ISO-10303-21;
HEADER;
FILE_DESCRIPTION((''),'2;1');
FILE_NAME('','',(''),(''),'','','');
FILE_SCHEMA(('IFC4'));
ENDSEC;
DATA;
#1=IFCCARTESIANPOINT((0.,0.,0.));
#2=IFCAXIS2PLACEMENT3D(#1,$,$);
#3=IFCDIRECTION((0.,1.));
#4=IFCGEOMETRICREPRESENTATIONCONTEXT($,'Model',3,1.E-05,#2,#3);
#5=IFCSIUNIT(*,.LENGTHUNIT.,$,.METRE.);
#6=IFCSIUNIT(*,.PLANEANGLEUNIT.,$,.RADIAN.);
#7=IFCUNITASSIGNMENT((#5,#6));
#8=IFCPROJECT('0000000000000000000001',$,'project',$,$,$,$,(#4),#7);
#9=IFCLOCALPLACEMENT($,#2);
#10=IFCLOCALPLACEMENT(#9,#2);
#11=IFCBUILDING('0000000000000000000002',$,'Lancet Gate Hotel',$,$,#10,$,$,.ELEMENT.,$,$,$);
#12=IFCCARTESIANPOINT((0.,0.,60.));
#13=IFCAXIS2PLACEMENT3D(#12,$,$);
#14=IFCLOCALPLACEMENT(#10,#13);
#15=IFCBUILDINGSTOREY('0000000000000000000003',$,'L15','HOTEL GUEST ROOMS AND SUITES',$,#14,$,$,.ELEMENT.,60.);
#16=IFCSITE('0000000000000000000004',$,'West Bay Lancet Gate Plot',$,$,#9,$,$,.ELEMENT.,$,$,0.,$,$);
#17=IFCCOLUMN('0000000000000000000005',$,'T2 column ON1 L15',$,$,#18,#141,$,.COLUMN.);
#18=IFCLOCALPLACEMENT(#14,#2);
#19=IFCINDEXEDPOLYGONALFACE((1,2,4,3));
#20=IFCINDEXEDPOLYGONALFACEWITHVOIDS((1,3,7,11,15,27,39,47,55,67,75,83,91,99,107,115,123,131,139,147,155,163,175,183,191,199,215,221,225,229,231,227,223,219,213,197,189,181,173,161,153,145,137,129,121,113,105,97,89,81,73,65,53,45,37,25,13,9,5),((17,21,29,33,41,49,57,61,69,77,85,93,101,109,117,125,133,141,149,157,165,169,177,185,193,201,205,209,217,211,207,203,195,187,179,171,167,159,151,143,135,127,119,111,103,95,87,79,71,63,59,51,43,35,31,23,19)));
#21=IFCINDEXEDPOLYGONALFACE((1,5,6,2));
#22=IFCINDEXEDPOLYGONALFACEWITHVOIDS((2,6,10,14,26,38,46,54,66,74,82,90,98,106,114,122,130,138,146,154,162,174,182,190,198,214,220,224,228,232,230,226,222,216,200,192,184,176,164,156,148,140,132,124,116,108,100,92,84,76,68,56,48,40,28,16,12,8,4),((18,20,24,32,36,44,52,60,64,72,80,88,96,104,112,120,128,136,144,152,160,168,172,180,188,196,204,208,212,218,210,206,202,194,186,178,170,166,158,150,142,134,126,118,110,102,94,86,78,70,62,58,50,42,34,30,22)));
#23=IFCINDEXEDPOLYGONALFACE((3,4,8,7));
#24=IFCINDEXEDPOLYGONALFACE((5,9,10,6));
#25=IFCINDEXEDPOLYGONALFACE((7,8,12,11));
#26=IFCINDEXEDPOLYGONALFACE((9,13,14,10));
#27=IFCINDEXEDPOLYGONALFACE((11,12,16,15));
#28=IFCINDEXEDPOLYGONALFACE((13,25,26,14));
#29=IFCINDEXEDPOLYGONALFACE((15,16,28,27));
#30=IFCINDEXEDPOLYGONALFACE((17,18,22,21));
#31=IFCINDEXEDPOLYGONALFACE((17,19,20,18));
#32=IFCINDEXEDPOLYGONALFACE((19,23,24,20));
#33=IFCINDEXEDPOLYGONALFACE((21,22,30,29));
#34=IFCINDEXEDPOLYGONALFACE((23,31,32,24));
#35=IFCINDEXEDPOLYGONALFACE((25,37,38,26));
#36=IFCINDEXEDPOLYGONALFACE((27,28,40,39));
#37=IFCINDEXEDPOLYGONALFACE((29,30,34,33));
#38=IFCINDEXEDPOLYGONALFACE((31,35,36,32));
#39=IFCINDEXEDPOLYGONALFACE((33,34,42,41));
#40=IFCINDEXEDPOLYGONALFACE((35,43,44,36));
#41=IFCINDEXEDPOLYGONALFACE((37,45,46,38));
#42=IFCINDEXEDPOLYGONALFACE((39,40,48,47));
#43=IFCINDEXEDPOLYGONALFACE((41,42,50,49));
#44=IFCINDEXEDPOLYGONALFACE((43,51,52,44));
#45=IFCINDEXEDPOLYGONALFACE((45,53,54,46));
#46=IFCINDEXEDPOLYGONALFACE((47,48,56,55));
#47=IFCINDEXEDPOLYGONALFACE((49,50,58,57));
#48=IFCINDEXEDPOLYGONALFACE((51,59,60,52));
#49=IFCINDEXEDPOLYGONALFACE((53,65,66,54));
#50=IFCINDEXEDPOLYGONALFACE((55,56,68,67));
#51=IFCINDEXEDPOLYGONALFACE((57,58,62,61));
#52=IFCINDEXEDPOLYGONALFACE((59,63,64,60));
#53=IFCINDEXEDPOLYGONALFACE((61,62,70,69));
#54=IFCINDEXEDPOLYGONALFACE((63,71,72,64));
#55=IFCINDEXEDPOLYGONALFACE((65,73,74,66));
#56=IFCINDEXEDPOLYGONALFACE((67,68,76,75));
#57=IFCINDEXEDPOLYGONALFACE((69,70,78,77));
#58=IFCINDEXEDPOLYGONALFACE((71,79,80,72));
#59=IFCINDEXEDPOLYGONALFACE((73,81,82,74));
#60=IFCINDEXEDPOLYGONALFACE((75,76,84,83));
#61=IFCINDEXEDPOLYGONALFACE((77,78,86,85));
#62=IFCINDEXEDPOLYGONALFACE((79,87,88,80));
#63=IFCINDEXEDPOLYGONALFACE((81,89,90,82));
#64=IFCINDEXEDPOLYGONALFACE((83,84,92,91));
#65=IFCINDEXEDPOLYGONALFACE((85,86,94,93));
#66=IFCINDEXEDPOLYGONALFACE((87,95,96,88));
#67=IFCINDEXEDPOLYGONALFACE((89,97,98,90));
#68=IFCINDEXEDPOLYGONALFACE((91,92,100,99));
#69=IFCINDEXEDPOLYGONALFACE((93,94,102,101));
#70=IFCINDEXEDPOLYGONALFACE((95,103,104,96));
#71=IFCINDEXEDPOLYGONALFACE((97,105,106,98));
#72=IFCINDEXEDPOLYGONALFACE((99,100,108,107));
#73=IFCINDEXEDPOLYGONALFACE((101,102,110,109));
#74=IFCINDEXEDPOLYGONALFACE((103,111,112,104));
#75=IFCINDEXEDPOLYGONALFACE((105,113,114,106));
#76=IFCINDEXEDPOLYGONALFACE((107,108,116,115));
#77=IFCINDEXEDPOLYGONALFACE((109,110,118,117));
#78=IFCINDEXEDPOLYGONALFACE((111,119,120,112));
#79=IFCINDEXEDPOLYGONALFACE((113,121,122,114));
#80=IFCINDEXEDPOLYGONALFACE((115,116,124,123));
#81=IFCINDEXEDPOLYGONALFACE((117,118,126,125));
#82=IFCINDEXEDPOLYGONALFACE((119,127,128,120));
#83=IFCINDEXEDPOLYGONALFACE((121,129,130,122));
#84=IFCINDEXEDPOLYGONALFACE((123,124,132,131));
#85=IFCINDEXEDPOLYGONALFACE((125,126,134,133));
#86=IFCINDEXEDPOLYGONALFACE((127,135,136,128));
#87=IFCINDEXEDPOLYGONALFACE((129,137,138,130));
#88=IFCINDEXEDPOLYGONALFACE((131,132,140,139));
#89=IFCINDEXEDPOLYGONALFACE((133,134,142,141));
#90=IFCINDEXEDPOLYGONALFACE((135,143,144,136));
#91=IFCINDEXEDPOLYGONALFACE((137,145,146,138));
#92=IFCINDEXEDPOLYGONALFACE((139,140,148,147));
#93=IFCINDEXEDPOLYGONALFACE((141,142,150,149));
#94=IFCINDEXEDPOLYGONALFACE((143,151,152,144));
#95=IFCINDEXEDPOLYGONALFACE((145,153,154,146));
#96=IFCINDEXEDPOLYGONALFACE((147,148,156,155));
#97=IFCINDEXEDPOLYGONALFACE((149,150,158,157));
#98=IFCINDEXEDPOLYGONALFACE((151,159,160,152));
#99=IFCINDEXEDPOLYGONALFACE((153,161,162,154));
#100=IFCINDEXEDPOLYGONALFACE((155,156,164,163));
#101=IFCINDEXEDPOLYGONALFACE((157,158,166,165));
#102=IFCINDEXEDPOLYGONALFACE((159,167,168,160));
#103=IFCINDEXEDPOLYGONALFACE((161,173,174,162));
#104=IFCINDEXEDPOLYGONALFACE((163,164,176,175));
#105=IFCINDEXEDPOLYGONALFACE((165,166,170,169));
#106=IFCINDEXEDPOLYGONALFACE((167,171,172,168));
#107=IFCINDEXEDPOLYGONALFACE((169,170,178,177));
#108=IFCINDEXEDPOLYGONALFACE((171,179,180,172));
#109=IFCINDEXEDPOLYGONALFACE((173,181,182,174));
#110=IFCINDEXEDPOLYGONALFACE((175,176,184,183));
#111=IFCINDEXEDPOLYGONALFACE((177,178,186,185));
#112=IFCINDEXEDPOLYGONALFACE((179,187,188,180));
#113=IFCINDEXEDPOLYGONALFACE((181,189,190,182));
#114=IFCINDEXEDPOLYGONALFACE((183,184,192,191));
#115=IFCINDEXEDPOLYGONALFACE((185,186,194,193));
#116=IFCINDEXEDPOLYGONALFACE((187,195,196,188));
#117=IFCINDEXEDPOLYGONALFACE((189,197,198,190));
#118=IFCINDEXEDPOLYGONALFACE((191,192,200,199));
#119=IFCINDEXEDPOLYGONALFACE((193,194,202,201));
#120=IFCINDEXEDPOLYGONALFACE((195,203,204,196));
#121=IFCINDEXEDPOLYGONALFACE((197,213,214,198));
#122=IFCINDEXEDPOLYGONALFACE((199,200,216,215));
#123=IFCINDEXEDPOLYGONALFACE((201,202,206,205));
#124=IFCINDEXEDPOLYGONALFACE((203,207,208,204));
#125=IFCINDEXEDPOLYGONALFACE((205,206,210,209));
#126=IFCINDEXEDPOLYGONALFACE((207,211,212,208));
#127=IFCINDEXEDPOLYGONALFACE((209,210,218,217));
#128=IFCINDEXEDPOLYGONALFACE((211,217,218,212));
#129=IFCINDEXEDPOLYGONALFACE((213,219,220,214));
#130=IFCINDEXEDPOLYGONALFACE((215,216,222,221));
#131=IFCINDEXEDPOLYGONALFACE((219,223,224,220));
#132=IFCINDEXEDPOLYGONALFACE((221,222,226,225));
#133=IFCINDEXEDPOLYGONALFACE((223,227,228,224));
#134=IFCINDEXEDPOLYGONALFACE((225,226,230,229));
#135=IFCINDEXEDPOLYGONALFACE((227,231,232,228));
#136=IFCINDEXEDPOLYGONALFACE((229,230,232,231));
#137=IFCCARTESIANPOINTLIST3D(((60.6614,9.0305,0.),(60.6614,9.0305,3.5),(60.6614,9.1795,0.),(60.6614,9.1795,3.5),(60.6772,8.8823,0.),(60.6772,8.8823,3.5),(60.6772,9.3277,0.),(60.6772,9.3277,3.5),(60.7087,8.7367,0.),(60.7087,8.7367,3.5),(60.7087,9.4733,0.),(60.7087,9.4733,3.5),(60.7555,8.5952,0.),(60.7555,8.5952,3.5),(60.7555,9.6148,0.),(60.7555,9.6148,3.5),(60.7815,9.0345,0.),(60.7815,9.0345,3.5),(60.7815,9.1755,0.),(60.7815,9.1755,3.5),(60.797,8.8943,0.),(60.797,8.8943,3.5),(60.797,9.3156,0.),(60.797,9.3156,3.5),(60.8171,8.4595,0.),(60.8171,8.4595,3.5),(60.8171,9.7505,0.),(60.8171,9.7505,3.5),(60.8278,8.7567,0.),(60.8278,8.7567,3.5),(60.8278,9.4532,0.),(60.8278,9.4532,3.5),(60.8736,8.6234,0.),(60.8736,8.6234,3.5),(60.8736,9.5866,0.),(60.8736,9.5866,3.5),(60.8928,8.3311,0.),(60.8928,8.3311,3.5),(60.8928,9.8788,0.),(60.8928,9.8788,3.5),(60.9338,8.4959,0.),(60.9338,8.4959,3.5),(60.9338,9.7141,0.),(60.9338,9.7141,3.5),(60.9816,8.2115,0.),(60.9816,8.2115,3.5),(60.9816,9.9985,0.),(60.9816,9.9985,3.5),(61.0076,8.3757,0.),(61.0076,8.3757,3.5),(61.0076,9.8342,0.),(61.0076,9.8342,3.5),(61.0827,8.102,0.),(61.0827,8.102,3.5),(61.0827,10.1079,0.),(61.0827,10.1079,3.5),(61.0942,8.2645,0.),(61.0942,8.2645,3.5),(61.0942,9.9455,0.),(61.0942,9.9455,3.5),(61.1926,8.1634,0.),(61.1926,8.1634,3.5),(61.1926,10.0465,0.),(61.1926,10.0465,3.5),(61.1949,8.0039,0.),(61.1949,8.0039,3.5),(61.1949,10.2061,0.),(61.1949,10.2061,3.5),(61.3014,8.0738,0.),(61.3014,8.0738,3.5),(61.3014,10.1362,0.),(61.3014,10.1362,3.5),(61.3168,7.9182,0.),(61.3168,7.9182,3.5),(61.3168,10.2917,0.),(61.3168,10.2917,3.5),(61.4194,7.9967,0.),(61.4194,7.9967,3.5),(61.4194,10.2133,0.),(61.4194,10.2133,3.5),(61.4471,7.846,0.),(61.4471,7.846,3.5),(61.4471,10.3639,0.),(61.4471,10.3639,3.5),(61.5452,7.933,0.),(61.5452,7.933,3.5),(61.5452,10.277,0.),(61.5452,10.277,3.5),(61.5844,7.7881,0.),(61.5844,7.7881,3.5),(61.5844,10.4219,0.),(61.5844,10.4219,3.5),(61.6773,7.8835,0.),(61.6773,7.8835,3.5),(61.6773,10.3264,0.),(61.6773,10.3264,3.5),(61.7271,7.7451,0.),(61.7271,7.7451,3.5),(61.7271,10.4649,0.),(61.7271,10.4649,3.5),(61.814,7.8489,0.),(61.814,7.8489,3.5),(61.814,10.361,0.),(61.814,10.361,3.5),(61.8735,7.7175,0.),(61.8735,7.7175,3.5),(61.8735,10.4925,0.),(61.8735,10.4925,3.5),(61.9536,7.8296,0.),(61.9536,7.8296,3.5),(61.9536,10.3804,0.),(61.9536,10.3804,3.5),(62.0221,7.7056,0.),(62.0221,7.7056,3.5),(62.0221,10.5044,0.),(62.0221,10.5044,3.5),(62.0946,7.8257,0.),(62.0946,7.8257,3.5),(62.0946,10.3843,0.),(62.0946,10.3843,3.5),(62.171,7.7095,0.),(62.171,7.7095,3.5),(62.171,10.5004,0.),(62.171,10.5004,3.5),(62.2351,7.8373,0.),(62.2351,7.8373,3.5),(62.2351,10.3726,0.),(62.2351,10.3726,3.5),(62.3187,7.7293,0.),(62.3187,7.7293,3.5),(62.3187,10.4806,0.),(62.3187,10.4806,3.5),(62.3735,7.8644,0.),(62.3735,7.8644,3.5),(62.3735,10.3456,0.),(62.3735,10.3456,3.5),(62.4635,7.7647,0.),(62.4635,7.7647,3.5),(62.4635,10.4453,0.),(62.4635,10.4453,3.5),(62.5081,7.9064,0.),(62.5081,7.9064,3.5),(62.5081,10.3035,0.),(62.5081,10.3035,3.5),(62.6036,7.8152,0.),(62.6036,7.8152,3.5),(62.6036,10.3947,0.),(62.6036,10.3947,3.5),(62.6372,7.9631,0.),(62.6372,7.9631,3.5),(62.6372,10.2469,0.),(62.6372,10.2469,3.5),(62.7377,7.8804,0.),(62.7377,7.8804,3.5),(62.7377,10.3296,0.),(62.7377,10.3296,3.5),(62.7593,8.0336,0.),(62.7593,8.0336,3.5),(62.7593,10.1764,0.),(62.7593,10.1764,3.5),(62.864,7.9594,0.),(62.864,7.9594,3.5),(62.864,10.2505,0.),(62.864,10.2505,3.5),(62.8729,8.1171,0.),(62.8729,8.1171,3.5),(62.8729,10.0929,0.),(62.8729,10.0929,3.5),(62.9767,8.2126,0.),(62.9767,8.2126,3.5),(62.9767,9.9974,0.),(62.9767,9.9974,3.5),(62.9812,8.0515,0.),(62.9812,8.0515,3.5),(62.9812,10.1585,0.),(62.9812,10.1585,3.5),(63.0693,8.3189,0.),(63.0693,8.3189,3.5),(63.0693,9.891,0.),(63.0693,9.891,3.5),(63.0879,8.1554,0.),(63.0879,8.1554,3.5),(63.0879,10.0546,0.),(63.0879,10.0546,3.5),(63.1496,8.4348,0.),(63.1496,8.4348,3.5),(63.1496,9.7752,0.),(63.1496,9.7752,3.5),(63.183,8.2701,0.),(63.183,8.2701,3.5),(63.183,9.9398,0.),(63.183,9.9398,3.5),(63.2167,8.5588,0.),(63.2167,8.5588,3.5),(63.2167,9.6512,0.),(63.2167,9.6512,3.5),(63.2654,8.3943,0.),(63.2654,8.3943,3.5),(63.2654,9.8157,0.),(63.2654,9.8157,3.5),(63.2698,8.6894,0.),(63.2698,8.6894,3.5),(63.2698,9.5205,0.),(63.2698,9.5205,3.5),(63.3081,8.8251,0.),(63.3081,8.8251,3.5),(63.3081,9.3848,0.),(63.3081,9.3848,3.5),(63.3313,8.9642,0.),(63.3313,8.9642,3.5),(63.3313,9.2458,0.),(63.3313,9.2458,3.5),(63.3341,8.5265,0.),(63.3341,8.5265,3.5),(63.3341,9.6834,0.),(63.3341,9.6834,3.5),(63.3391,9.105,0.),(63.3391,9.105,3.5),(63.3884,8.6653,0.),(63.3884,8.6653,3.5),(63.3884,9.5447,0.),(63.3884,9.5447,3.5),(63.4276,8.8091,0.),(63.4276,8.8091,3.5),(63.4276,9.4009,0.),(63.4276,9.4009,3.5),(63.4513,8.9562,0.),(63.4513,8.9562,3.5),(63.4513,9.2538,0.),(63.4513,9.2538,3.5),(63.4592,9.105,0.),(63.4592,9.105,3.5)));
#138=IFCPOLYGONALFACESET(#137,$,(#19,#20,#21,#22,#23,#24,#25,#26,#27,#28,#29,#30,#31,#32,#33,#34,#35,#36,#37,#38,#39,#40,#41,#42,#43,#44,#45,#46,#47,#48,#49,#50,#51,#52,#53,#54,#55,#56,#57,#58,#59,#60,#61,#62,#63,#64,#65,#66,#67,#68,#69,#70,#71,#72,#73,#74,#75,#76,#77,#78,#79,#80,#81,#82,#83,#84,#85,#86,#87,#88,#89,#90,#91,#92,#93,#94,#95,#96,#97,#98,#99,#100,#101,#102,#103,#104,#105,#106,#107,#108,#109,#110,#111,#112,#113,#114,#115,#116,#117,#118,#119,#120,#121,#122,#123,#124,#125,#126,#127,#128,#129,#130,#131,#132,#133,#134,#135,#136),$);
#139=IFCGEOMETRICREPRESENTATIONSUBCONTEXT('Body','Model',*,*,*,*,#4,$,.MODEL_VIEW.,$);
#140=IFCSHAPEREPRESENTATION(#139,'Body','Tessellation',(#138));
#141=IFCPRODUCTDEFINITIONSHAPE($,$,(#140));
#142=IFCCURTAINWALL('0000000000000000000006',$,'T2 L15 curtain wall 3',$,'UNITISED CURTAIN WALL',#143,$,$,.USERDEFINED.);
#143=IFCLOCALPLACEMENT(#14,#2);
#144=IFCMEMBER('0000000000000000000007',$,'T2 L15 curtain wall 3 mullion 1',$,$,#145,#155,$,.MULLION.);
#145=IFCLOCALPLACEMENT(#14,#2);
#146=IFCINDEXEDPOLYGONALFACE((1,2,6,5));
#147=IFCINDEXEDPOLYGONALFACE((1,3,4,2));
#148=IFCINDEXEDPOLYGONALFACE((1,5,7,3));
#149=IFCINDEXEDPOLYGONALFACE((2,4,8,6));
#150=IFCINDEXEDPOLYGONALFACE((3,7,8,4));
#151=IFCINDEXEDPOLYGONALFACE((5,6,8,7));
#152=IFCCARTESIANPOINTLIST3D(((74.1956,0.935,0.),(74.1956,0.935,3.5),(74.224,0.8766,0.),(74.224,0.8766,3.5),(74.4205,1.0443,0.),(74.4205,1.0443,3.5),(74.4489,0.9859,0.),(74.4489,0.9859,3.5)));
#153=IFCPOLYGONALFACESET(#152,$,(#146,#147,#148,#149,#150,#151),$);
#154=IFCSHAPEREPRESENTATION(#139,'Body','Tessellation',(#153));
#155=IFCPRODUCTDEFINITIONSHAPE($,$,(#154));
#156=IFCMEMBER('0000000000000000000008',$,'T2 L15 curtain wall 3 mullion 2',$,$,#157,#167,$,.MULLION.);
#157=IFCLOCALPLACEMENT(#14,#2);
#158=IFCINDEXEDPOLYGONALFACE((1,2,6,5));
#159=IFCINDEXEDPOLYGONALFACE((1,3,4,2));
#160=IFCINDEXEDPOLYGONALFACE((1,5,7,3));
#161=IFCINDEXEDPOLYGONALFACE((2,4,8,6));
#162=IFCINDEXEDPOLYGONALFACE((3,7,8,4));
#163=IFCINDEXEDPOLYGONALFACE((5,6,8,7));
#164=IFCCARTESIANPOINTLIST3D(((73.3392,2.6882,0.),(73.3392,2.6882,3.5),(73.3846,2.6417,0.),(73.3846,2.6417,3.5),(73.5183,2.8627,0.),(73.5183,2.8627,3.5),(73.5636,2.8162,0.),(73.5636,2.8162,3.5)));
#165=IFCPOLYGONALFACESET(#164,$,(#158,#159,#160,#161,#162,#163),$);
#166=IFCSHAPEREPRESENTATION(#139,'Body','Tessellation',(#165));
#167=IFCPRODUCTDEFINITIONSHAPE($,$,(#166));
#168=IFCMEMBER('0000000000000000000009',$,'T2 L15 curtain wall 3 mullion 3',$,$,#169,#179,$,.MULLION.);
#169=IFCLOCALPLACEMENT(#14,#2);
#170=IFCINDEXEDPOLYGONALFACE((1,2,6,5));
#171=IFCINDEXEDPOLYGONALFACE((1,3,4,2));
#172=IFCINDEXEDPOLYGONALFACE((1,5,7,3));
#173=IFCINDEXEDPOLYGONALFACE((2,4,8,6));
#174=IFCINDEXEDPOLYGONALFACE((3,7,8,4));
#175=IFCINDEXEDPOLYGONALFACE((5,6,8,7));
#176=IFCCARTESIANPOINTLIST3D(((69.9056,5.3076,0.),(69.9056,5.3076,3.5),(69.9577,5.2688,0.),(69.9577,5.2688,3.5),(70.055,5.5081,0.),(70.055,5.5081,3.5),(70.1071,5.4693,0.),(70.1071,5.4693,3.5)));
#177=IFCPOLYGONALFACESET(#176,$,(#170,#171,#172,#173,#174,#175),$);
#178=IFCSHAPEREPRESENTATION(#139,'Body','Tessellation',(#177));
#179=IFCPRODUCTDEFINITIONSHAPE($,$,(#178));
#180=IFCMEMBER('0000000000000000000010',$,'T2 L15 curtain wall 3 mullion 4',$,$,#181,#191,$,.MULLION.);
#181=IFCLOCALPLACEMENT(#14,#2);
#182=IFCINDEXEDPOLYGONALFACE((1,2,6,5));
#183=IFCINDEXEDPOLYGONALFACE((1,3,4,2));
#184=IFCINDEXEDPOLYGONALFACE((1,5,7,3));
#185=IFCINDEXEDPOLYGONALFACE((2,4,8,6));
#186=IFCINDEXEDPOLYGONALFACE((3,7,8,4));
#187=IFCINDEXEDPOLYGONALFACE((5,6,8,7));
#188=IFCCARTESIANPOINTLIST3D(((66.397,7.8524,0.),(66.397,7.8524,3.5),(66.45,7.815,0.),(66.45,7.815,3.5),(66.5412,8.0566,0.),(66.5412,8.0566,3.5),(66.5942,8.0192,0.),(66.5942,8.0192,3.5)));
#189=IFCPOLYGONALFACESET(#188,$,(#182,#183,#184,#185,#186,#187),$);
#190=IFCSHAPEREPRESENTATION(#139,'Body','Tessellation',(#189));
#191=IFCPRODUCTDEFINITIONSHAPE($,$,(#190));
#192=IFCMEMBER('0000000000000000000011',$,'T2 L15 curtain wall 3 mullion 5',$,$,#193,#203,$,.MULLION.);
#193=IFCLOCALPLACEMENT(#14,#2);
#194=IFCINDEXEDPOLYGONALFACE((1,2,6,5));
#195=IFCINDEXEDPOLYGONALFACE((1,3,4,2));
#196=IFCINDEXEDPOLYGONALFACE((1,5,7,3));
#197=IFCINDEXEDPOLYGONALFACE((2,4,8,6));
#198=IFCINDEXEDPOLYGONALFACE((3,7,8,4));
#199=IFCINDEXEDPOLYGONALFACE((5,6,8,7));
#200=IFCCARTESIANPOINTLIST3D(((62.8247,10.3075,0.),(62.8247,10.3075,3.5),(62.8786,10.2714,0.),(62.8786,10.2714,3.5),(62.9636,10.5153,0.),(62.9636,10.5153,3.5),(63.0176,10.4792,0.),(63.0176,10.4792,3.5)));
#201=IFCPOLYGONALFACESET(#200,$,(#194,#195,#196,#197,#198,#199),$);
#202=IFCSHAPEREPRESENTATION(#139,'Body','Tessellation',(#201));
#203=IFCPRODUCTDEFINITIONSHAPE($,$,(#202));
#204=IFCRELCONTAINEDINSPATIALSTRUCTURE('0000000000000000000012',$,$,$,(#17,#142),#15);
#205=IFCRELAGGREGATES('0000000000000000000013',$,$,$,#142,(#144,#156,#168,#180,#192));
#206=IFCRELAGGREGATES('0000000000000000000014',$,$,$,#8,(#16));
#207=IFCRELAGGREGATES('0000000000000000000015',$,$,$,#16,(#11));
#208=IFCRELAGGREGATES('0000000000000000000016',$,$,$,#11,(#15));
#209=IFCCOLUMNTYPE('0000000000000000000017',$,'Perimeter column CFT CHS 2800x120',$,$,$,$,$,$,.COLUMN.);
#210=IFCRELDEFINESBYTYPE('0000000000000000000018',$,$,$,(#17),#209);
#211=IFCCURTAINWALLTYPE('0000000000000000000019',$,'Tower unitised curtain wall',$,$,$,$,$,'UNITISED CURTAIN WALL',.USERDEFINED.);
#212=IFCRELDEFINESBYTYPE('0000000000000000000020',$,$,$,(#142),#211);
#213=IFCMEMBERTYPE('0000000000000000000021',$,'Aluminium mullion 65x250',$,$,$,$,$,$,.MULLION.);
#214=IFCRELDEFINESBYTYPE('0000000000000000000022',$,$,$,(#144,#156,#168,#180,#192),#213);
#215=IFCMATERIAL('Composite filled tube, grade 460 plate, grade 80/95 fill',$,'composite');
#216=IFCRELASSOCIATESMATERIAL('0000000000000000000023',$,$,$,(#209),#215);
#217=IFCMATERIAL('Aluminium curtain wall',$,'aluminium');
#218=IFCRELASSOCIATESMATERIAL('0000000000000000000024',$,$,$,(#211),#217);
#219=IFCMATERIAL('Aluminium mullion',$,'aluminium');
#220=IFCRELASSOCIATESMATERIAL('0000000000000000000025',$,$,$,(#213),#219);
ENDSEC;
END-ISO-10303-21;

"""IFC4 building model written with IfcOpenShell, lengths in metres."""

from ifc_helpers import new_model, si_unit, direction, frame, origin, origin_2d, place, context, subcontext, project, spatial, rectangle, hollow_circle, extrude, material, material_profile, profile_set, type_object, element, aggregate, save


model = new_model("IFC4")

# Units and contexts
model_context = context("Model", 3, precision=1e-05, world=origin(), true_north=direction((0.0, 1.0)))
body_context = subcontext(model_context, "Body", "Model", "MODEL_VIEW")
ifc_project = project(units=[si_unit("LENGTHUNIT", "METRE"), si_unit("PLANEANGLEUNIT", "RADIAN")], contexts=[model_context])

# Site, building, storey
site_placement = place(None, origin())
site = spatial("IfcSite", under=ifc_project, at=site_placement, Name="West Bay Lancet Gate Plot", CompositionType="ELEMENT", RefElevation=0.0)
building_placement = place(site_placement, origin())
building = spatial("IfcBuilding", under=site, at=building_placement, Name="Lancet Gate Hotel", CompositionType="ELEMENT")
storey_placement = place(building_placement, frame((0.0, 0.0, 60.0)))
storey = spatial("IfcBuildingStorey", under=building, at=storey_placement, Name="L15", Description="HOTEL GUEST ROOMS AND SUITES", CompositionType="ELEMENT", Elevation=60.0)

# Column
ifc_material_1 = material(Name="Composite filled tube, grade 460 plate, grade 80/95 fill", Category="composite")
ifc_material_profile_1 = material_profile(ifc_material_1, hollow_circle(Radius=1.3999, WallThickness=0.1201, at=origin_2d()), Name="CHS 2800x120")
ifc_profile_set_1 = profile_set([ifc_material_profile_1], Name="Composite filled tube, grade 460 plate, grade 80/95 fill")
column_type_1 = type_object("IfcColumnType", Name="Perimeter column CFT CHS 2800x120", PredefinedType="COLUMN", material=ifc_profile_set_1)
column_1_placement = place(storey_placement, frame((62.0593, 9.105, 0.0), z_axis=(0.0, 0.0, 1.0), x_axis=(1.0, 0.0, 0.0)))
element("IfcColumn", 1, at=column_1_placement, inside=storey, type_object=column_type_1, Name="T2 column ON1 L15", PredefinedType="COLUMN", context=body_context, shape_type="SweptSolid", body=[
    extrude(hollow_circle(Radius=1.3999, WallThickness=0.1201, at=origin_2d()), origin(), (0.0, 0.0, 1.0), 3.5),
])

# Curtain wall, members
ifc_material_2 = material(Name="Aluminium curtain wall", Category="aluminium")
curtain_wall_type = type_object("IfcCurtainWallType", Name="Tower unitised curtain wall", ElementType="UNITISED CURTAIN WALL", PredefinedType="USERDEFINED", material=ifc_material_2)
curtain_wall_placement = place(storey_placement, origin())
curtain_wall = element("IfcCurtainWall", 2, at=curtain_wall_placement, inside=storey, type_object=curtain_wall_type, Name="T2 L15 curtain wall 3", ObjectType="UNITISED CURTAIN WALL", PredefinedType="USERDEFINED")
ifc_material_3 = material(Name="Aluminium mullion", Category="aluminium")
ifc_material_profile_2 = material_profile(ifc_material_3, rectangle(XDim=0.0649, YDim=0.25, at=origin_2d()), Name="MULLION 65x250")
ifc_profile_set_2 = profile_set([ifc_material_profile_2], Name="Aluminium mullion")
member_type_1 = type_object("IfcMemberType", Name="Aluminium mullion 65x250", PredefinedType="MULLION", material=ifc_profile_set_2)
member_1_placement = place(storey_placement, frame((74.3223, 0.9604, 0.0), z_axis=(0.0, 0.0, 1.0), x_axis=(-0.437169, 0.899379, 0.0)))
member_1 = element("IfcMember", 3, at=member_1_placement, type_object=member_type_1, Name="T2 L15 curtain wall 3 mullion 1", PredefinedType="MULLION", context=body_context, shape_type="SweptSolid", body=[
    extrude(rectangle(XDim=0.0649, YDim=0.25, at=origin_2d()), origin(), (0.0, 0.0, 1.0), 3.5),
])
member_2_placement = place(storey_placement, frame((73.4514, 2.7522, 0.0), z_axis=(0.0, 0.0, 1.0), x_axis=(-0.697983, 0.716114, 0.0)))
member_2 = element("IfcMember", 4, at=member_2_placement, type_object=member_type_1, Name="T2 L15 curtain wall 3 mullion 2", PredefinedType="MULLION", context=body_context, shape_type="SweptSolid", body=[
    extrude(rectangle(XDim=0.0649, YDim=0.25, at=origin_2d()), origin(), (0.0, 0.0, 1.0), 3.5),
])
member_3_placement = place(storey_placement, frame((70.0063, 5.3884, 0.0), z_axis=(0.0, 0.0, 1.0), x_axis=(-0.80183, 0.597552, 0.0)))
member_3 = element("IfcMember", 5, at=member_3_placement, type_object=member_type_1, Name="T2 L15 curtain wall 3 mullion 3", PredefinedType="MULLION", context=body_context, shape_type="SweptSolid", body=[
    extrude(rectangle(XDim=0.0649, YDim=0.25, at=origin_2d()), origin(), (0.0, 0.0, 1.0), 3.5),
])
member_4_placement = place(storey_placement, frame((66.4956, 7.9358, 0.0), z_axis=(0.0, 0.0, 1.0), x_axis=(-0.816779, 0.576951, 0.0)))
member_4 = element("IfcMember", 6, at=member_4_placement, type_object=member_type_1, Name="T2 L15 curtain wall 3 mullion 4", PredefinedType="MULLION", context=body_context, shape_type="SweptSolid", body=[
    extrude(rectangle(XDim=0.0649, YDim=0.25, at=origin_2d()), origin(), (0.0, 0.0, 1.0), 3.5),
])
member_5_placement = place(storey_placement, frame((62.9211, 10.3933, 0.0), z_axis=(0.0, 0.0, 1.0), x_axis=(-0.831198, 0.555976, 0.0)))
member_5 = element("IfcMember", 7, at=member_5_placement, type_object=member_type_1, Name="T2 L15 curtain wall 3 mullion 5", PredefinedType="MULLION", context=body_context, shape_type="SweptSolid", body=[
    extrude(rectangle(XDim=0.0649, YDim=0.25, at=origin_2d()), origin(), (0.0, 0.0, 1.0), 3.5),
])

aggregate(curtain_wall, [member_1, member_2, member_3, member_4, member_5])

save(model, "model.ifc")
